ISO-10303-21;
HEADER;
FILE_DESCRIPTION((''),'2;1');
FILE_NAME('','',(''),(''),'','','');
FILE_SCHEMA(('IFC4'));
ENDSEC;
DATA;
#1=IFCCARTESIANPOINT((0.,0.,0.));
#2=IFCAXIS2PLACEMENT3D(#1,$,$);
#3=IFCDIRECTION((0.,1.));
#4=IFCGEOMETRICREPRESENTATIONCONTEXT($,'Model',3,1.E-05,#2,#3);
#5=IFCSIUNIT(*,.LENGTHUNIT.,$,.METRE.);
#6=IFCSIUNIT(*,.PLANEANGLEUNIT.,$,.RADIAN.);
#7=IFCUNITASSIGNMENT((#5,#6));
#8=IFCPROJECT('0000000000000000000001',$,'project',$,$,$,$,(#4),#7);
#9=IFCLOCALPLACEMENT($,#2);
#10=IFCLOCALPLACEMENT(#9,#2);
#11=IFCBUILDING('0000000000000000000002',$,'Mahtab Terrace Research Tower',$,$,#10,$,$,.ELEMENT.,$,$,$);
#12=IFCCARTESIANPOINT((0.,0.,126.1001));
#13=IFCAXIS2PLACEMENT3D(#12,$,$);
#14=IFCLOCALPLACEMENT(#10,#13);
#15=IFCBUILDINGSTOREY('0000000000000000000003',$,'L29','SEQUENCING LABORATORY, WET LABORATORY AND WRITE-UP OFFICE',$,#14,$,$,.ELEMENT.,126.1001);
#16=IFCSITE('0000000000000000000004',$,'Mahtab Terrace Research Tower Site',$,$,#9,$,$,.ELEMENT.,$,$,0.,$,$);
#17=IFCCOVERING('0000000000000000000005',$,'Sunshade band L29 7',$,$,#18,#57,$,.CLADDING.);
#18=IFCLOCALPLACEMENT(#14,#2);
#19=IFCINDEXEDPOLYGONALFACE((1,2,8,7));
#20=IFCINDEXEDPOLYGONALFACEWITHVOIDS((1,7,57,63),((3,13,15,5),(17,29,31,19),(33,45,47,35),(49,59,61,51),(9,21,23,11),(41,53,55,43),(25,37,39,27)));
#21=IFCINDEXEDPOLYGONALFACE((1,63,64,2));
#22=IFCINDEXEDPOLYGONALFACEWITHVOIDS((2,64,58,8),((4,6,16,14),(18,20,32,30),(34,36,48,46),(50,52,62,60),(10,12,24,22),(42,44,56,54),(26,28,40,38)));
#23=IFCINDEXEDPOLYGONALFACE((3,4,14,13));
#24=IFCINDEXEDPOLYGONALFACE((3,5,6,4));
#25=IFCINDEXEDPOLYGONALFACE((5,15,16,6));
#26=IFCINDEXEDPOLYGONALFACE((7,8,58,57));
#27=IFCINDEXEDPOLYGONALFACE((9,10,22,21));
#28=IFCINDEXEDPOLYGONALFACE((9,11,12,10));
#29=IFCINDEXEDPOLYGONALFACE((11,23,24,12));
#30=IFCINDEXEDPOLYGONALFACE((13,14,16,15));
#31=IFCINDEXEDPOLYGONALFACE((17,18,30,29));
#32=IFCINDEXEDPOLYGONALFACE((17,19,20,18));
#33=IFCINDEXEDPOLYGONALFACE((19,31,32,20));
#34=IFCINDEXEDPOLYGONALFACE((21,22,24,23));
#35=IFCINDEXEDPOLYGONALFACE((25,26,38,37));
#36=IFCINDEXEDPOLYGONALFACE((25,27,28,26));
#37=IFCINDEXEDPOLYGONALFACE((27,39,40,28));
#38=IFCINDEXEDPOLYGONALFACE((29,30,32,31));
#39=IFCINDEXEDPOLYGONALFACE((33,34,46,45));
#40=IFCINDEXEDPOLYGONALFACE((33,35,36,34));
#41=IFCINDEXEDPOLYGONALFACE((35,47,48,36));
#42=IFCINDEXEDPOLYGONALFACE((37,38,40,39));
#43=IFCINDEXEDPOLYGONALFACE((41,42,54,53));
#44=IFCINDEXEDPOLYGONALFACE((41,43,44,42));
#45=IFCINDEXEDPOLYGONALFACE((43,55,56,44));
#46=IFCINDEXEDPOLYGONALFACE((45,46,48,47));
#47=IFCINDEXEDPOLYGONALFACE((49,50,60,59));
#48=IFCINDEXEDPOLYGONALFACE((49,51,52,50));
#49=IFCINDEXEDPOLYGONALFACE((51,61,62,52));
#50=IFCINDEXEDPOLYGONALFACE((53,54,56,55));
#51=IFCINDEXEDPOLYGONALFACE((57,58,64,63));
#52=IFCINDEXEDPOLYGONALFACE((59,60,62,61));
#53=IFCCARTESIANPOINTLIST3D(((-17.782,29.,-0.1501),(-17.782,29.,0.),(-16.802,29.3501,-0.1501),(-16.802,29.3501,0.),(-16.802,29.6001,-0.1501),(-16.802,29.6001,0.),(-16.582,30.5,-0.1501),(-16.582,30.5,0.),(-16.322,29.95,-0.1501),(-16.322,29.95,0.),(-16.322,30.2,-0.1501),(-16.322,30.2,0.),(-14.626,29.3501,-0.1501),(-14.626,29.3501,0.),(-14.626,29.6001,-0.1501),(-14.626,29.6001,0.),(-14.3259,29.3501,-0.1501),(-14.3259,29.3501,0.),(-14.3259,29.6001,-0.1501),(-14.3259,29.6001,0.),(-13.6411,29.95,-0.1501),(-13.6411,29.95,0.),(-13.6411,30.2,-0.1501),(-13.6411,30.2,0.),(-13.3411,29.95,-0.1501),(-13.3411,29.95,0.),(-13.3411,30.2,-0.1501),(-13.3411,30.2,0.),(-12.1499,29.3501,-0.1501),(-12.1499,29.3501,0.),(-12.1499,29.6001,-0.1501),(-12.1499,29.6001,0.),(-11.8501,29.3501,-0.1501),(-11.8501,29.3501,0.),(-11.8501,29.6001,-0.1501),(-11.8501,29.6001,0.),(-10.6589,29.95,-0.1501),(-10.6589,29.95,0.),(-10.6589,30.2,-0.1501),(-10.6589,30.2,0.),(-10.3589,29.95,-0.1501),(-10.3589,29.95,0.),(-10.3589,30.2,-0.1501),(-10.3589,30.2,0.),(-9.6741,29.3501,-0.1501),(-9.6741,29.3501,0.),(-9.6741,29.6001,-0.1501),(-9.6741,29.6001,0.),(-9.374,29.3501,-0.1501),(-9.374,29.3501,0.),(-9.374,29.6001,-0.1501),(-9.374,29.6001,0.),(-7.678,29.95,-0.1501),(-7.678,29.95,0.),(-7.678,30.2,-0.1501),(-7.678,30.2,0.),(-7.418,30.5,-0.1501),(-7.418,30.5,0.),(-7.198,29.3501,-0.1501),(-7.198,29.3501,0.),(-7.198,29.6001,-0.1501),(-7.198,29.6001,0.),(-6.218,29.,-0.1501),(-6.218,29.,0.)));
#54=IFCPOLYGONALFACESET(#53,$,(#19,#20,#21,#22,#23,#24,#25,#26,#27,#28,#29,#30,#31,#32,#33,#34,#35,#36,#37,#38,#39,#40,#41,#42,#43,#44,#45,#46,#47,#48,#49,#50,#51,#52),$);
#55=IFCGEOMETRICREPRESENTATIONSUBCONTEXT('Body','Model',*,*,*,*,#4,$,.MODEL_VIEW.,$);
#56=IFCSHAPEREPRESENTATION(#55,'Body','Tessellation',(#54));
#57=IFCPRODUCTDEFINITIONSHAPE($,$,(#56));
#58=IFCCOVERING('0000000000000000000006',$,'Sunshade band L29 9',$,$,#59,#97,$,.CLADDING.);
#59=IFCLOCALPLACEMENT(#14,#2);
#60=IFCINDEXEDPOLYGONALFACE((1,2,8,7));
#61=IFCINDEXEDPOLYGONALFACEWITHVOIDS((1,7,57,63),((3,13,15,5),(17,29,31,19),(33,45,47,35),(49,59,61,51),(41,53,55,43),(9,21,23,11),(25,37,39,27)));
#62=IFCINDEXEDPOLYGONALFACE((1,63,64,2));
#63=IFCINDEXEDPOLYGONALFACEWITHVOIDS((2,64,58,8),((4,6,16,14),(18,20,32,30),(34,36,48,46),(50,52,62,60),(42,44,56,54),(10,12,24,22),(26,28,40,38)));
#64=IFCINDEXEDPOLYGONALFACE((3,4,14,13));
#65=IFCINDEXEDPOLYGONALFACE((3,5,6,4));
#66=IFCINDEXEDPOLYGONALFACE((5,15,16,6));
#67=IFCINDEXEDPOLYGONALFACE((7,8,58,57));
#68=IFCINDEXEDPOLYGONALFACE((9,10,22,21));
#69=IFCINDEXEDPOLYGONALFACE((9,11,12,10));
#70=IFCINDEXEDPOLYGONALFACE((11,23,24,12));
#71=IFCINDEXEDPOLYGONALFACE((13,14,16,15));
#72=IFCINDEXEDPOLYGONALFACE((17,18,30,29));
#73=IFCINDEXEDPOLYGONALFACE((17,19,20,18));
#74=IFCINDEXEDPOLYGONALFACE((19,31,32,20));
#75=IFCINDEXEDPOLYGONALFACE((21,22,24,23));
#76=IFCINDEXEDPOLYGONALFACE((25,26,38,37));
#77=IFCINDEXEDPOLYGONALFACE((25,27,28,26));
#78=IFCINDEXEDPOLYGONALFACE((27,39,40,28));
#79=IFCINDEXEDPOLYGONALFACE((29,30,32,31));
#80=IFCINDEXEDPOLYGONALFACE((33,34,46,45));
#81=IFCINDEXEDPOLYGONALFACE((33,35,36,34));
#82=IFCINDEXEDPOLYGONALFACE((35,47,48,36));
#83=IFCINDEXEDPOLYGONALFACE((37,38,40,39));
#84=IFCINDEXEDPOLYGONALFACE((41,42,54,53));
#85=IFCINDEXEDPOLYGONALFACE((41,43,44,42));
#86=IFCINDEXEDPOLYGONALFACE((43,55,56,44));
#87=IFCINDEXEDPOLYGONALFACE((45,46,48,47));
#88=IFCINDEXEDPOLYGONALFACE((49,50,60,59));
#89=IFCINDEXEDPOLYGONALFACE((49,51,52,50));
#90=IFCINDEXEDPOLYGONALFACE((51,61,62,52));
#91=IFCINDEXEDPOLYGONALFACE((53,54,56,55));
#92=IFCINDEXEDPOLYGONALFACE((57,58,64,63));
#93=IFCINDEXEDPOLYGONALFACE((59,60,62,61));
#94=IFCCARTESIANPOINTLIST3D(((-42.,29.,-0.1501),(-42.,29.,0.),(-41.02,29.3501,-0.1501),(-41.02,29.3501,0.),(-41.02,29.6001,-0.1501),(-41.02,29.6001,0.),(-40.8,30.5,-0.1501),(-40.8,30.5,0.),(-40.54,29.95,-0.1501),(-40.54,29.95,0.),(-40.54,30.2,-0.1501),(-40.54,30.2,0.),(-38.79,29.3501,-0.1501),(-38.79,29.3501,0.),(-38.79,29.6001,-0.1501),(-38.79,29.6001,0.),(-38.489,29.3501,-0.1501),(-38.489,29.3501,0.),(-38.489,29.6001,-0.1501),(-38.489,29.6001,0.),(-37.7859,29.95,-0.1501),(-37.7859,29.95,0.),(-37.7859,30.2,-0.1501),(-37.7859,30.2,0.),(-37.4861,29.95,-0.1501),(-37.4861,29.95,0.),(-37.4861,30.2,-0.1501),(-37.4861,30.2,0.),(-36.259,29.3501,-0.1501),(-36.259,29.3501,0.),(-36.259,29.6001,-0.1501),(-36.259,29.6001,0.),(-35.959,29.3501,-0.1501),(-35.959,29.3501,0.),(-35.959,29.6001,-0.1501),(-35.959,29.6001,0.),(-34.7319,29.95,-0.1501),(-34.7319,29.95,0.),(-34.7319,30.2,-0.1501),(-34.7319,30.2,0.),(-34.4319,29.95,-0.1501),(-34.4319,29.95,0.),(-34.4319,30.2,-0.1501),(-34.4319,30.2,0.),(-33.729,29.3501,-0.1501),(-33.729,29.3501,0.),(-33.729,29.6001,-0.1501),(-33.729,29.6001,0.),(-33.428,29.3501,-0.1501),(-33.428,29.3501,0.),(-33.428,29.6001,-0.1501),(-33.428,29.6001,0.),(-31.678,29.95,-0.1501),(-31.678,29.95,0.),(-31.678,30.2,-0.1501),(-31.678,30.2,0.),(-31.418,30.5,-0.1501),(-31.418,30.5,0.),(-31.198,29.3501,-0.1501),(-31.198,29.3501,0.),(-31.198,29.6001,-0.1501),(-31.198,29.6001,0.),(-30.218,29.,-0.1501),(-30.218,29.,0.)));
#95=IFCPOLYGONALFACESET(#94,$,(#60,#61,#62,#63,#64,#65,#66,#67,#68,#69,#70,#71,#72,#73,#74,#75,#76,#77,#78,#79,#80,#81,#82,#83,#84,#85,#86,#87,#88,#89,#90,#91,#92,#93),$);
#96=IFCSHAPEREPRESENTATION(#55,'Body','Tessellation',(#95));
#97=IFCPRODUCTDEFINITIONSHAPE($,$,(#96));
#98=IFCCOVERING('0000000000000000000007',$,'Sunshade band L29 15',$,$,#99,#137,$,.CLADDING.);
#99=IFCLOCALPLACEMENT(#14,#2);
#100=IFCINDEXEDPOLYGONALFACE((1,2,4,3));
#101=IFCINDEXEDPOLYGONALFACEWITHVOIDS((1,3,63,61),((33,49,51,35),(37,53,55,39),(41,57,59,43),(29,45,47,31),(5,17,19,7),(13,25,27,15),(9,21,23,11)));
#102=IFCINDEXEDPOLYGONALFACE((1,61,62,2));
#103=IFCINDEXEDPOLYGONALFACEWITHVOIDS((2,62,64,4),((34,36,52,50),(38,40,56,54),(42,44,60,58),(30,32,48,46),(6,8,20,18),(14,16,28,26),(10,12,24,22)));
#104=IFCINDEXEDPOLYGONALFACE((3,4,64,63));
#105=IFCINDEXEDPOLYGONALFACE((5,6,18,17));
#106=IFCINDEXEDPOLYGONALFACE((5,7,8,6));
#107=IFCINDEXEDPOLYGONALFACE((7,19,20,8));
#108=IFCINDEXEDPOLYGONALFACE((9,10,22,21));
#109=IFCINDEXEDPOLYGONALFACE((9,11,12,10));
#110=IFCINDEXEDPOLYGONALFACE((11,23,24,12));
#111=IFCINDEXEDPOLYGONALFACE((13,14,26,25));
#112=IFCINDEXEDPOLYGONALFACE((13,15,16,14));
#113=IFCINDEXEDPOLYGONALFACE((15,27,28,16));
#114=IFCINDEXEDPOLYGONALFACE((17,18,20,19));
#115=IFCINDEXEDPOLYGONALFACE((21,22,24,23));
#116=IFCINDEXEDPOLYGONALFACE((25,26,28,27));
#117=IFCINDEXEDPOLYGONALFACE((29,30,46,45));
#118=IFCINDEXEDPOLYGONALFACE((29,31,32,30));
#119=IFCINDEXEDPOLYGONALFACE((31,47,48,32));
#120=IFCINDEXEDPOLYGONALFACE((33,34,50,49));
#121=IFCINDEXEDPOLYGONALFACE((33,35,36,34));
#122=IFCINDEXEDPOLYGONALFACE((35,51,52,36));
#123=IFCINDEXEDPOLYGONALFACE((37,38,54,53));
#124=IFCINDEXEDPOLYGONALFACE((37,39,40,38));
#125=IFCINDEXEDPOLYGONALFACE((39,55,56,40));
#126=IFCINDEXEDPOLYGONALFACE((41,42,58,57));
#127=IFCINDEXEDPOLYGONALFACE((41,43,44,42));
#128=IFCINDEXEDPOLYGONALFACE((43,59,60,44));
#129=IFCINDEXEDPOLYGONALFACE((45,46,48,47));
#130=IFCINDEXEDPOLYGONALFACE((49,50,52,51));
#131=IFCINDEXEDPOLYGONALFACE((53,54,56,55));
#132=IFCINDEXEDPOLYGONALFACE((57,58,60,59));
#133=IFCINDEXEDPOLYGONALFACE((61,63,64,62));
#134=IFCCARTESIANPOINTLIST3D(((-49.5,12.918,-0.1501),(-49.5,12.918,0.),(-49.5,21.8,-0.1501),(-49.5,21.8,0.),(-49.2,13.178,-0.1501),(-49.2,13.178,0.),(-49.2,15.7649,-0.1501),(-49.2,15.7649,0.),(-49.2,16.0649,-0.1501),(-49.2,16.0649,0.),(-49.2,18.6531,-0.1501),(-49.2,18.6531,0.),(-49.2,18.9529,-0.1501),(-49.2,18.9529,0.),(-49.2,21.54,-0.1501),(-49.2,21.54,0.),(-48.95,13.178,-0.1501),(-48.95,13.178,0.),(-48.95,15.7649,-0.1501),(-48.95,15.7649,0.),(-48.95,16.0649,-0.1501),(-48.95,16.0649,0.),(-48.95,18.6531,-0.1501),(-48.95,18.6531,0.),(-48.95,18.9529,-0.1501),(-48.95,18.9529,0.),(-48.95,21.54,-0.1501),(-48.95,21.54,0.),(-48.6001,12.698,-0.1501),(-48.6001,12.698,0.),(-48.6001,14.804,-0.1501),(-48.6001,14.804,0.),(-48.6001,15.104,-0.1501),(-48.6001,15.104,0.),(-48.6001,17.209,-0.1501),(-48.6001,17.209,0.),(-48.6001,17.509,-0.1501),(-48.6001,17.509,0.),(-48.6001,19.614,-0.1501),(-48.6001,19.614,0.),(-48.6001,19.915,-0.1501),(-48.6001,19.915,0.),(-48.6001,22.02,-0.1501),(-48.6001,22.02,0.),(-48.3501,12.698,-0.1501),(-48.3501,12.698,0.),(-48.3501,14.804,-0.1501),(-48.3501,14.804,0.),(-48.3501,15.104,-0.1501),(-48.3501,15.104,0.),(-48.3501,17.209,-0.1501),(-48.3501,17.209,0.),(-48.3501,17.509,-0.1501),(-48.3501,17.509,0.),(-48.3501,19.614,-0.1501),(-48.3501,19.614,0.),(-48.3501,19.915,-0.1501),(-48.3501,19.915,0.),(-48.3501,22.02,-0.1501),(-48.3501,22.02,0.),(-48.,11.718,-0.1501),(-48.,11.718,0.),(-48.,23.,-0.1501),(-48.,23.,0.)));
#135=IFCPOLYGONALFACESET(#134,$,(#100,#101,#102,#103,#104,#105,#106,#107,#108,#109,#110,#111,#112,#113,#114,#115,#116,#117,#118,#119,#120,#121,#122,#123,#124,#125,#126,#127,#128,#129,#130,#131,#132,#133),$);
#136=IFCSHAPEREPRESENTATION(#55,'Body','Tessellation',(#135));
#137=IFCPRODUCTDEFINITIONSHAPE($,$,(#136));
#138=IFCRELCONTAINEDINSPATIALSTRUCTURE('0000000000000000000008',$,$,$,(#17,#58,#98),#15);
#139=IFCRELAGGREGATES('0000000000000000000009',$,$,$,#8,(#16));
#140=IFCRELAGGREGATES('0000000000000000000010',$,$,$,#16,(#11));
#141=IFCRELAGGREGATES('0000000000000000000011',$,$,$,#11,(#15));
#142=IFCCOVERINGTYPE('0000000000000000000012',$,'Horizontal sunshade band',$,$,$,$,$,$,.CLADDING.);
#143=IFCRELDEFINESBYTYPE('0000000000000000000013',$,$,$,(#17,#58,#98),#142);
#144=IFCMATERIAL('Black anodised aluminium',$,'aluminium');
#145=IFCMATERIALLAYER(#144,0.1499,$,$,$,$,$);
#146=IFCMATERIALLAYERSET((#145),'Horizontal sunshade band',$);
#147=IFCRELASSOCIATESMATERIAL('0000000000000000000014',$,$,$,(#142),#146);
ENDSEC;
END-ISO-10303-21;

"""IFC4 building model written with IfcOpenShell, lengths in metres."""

from ifc_helpers import new_model, si_unit, direction, frame, origin, place, context, subcontext, project, spatial, polyline, outline, extrude, material, layer, layer_set, type_object, element, save


model = new_model("IFC4")

# Units and contexts
model_context = context("Model", 3, precision=1e-05, world=origin(), true_north=direction((0.0, 1.0)))
body_context = subcontext(model_context, "Body", "Model", "MODEL_VIEW")
ifc_project = project(units=[si_unit("LENGTHUNIT", "METRE"), si_unit("PLANEANGLEUNIT", "RADIAN")], contexts=[model_context])

# Site, building, storey
site_placement = place(None, origin())
site = spatial("IfcSite", under=ifc_project, at=site_placement, Name="Mahtab Terrace Research Tower Site", CompositionType="ELEMENT", RefElevation=0.0)
building_placement = place(site_placement, origin())
building = spatial("IfcBuilding", under=site, at=building_placement, Name="Mahtab Terrace Research Tower", CompositionType="ELEMENT")
storey_placement = place(building_placement, frame((0.0, 0.0, 126.1001)))
storey = spatial("IfcBuildingStorey", under=building, at=storey_placement, Name="L29", Description="SEQUENCING LABORATORY, WET LABORATORY AND WRITE-UP OFFICE", CompositionType="ELEMENT", Elevation=126.1001)

# Coverings
ifc_material_1 = material(Name="Black anodised aluminium", Category="aluminium")
ifc_layer_1 = layer(ifc_material_1, 0.1499)
ifc_layer_set_1 = layer_set([ifc_layer_1], Name="Horizontal sunshade band")
covering_type = type_object("IfcCoveringType", Name="Horizontal sunshade band", PredefinedType="CLADDING", material=ifc_layer_set_1)
covering_1_placement = place(storey_placement, frame((0.0, 0.0, -0.1501)))
element("IfcCovering", 1, at=covering_1_placement, inside=storey, type_object=covering_type, Name="Sunshade band L29 7", PredefinedType="CLADDING", context=body_context, shape_type="SweptSolid", body=[
    extrude(outline(polyline([(-6.218, 29.0), (-17.782, 29.0), (-16.582, 30.5), (-7.418, 30.5), (-6.218, 29.0)]), holes=[polyline([(-7.198, 29.3501), (-9.374, 29.3501), (-9.374, 29.6001), (-7.198, 29.6001), (-7.198, 29.3501)]), polyline([(-9.6741, 29.3501), (-11.8501, 29.3501), (-11.8501, 29.6001), (-9.6741, 29.6001), (-9.6741, 29.3501)]), polyline([(-12.1499, 29.3501), (-14.3259, 29.3501), (-14.3259, 29.6001), (-12.1499, 29.6001), (-12.1499, 29.3501)]), polyline([(-14.626, 29.3501), (-16.802, 29.3501), (-16.802, 29.6001), (-14.626, 29.6001), (-14.626, 29.3501)]), polyline([(-7.678, 29.95), (-10.3589, 29.95), (-10.3589, 30.2), (-7.678, 30.2), (-7.678, 29.95)]), polyline([(-10.6589, 29.95), (-13.3411, 29.95), (-13.3411, 30.2), (-10.6589, 30.2), (-10.6589, 29.95)]), polyline([(-13.6411, 29.95), (-16.322, 29.95), (-16.322, 30.2), (-13.6411, 30.2), (-13.6411, 29.95)])]), origin(), (0.0, 0.0, 1.0), 0.1501),
])
covering_2_placement = place(storey_placement, frame((0.0, 0.0, -0.1501)))
element("IfcCovering", 2, at=covering_2_placement, inside=storey, type_object=covering_type, Name="Sunshade band L29 9", PredefinedType="CLADDING", context=body_context, shape_type="SweptSolid", body=[
    extrude(outline(polyline([(-30.218, 29.0), (-42.0, 29.0), (-40.8, 30.5), (-31.418, 30.5), (-30.218, 29.0)]), holes=[polyline([(-31.198, 29.3501), (-33.428, 29.3501), (-33.428, 29.6001), (-31.198, 29.6001), (-31.198, 29.3501)]), polyline([(-33.729, 29.3501), (-35.959, 29.3501), (-35.959, 29.6001), (-33.729, 29.6001), (-33.729, 29.3501)]), polyline([(-36.259, 29.3501), (-38.489, 29.3501), (-38.489, 29.6001), (-36.259, 29.6001), (-36.259, 29.3501)]), polyline([(-38.79, 29.3501), (-41.02, 29.3501), (-41.02, 29.6001), (-38.79, 29.6001), (-38.79, 29.3501)]), polyline([(-31.678, 29.95), (-34.4319, 29.95), (-34.4319, 30.2), (-31.678, 30.2), (-31.678, 29.95)]), polyline([(-34.7319, 29.95), (-37.4861, 29.95), (-37.4861, 30.2), (-34.7319, 30.2), (-34.7319, 29.95)]), polyline([(-37.7859, 29.95), (-40.54, 29.95), (-40.54, 30.2), (-37.7859, 30.2), (-37.7859, 29.95)])]), origin(), (0.0, 0.0, 1.0), 0.1501),
])
covering_3_placement = place(storey_placement, frame((0.0, 0.0, -0.1501)))
element("IfcCovering", 3, at=covering_3_placement, inside=storey, type_object=covering_type, Name="Sunshade band L29 15", PredefinedType="CLADDING", context=body_context, shape_type="SweptSolid", body=[
    extrude(outline(polyline([(-48.0, 23.0), (-48.0, 11.718), (-49.5, 12.918), (-49.5, 21.8), (-48.0, 23.0)]), holes=[polyline([(-48.3501, 22.02), (-48.3501, 19.915), (-48.6001, 19.915), (-48.6001, 22.02), (-48.3501, 22.02)]), polyline([(-48.3501, 19.614), (-48.3501, 17.509), (-48.6001, 17.509), (-48.6001, 19.614), (-48.3501, 19.614)]), polyline([(-48.3501, 17.209), (-48.3501, 15.104), (-48.6001, 15.104), (-48.6001, 17.209), (-48.3501, 17.209)]), polyline([(-48.3501, 14.804), (-48.3501, 12.698), (-48.6001, 12.698), (-48.6001, 14.804), (-48.3501, 14.804)]), polyline([(-48.95, 21.54), (-48.95, 18.9529), (-49.2, 18.9529), (-49.2, 21.54), (-48.95, 21.54)]), polyline([(-48.95, 18.6531), (-48.95, 16.0649), (-49.2, 16.0649), (-49.2, 18.6531), (-48.95, 18.6531)]), polyline([(-48.95, 15.7649), (-48.95, 13.178), (-49.2, 13.178), (-49.2, 15.7649), (-48.95, 15.7649)])]), origin(), (0.0, 0.0, 1.0), 0.1501),
])

save(model, "model.ifc")
